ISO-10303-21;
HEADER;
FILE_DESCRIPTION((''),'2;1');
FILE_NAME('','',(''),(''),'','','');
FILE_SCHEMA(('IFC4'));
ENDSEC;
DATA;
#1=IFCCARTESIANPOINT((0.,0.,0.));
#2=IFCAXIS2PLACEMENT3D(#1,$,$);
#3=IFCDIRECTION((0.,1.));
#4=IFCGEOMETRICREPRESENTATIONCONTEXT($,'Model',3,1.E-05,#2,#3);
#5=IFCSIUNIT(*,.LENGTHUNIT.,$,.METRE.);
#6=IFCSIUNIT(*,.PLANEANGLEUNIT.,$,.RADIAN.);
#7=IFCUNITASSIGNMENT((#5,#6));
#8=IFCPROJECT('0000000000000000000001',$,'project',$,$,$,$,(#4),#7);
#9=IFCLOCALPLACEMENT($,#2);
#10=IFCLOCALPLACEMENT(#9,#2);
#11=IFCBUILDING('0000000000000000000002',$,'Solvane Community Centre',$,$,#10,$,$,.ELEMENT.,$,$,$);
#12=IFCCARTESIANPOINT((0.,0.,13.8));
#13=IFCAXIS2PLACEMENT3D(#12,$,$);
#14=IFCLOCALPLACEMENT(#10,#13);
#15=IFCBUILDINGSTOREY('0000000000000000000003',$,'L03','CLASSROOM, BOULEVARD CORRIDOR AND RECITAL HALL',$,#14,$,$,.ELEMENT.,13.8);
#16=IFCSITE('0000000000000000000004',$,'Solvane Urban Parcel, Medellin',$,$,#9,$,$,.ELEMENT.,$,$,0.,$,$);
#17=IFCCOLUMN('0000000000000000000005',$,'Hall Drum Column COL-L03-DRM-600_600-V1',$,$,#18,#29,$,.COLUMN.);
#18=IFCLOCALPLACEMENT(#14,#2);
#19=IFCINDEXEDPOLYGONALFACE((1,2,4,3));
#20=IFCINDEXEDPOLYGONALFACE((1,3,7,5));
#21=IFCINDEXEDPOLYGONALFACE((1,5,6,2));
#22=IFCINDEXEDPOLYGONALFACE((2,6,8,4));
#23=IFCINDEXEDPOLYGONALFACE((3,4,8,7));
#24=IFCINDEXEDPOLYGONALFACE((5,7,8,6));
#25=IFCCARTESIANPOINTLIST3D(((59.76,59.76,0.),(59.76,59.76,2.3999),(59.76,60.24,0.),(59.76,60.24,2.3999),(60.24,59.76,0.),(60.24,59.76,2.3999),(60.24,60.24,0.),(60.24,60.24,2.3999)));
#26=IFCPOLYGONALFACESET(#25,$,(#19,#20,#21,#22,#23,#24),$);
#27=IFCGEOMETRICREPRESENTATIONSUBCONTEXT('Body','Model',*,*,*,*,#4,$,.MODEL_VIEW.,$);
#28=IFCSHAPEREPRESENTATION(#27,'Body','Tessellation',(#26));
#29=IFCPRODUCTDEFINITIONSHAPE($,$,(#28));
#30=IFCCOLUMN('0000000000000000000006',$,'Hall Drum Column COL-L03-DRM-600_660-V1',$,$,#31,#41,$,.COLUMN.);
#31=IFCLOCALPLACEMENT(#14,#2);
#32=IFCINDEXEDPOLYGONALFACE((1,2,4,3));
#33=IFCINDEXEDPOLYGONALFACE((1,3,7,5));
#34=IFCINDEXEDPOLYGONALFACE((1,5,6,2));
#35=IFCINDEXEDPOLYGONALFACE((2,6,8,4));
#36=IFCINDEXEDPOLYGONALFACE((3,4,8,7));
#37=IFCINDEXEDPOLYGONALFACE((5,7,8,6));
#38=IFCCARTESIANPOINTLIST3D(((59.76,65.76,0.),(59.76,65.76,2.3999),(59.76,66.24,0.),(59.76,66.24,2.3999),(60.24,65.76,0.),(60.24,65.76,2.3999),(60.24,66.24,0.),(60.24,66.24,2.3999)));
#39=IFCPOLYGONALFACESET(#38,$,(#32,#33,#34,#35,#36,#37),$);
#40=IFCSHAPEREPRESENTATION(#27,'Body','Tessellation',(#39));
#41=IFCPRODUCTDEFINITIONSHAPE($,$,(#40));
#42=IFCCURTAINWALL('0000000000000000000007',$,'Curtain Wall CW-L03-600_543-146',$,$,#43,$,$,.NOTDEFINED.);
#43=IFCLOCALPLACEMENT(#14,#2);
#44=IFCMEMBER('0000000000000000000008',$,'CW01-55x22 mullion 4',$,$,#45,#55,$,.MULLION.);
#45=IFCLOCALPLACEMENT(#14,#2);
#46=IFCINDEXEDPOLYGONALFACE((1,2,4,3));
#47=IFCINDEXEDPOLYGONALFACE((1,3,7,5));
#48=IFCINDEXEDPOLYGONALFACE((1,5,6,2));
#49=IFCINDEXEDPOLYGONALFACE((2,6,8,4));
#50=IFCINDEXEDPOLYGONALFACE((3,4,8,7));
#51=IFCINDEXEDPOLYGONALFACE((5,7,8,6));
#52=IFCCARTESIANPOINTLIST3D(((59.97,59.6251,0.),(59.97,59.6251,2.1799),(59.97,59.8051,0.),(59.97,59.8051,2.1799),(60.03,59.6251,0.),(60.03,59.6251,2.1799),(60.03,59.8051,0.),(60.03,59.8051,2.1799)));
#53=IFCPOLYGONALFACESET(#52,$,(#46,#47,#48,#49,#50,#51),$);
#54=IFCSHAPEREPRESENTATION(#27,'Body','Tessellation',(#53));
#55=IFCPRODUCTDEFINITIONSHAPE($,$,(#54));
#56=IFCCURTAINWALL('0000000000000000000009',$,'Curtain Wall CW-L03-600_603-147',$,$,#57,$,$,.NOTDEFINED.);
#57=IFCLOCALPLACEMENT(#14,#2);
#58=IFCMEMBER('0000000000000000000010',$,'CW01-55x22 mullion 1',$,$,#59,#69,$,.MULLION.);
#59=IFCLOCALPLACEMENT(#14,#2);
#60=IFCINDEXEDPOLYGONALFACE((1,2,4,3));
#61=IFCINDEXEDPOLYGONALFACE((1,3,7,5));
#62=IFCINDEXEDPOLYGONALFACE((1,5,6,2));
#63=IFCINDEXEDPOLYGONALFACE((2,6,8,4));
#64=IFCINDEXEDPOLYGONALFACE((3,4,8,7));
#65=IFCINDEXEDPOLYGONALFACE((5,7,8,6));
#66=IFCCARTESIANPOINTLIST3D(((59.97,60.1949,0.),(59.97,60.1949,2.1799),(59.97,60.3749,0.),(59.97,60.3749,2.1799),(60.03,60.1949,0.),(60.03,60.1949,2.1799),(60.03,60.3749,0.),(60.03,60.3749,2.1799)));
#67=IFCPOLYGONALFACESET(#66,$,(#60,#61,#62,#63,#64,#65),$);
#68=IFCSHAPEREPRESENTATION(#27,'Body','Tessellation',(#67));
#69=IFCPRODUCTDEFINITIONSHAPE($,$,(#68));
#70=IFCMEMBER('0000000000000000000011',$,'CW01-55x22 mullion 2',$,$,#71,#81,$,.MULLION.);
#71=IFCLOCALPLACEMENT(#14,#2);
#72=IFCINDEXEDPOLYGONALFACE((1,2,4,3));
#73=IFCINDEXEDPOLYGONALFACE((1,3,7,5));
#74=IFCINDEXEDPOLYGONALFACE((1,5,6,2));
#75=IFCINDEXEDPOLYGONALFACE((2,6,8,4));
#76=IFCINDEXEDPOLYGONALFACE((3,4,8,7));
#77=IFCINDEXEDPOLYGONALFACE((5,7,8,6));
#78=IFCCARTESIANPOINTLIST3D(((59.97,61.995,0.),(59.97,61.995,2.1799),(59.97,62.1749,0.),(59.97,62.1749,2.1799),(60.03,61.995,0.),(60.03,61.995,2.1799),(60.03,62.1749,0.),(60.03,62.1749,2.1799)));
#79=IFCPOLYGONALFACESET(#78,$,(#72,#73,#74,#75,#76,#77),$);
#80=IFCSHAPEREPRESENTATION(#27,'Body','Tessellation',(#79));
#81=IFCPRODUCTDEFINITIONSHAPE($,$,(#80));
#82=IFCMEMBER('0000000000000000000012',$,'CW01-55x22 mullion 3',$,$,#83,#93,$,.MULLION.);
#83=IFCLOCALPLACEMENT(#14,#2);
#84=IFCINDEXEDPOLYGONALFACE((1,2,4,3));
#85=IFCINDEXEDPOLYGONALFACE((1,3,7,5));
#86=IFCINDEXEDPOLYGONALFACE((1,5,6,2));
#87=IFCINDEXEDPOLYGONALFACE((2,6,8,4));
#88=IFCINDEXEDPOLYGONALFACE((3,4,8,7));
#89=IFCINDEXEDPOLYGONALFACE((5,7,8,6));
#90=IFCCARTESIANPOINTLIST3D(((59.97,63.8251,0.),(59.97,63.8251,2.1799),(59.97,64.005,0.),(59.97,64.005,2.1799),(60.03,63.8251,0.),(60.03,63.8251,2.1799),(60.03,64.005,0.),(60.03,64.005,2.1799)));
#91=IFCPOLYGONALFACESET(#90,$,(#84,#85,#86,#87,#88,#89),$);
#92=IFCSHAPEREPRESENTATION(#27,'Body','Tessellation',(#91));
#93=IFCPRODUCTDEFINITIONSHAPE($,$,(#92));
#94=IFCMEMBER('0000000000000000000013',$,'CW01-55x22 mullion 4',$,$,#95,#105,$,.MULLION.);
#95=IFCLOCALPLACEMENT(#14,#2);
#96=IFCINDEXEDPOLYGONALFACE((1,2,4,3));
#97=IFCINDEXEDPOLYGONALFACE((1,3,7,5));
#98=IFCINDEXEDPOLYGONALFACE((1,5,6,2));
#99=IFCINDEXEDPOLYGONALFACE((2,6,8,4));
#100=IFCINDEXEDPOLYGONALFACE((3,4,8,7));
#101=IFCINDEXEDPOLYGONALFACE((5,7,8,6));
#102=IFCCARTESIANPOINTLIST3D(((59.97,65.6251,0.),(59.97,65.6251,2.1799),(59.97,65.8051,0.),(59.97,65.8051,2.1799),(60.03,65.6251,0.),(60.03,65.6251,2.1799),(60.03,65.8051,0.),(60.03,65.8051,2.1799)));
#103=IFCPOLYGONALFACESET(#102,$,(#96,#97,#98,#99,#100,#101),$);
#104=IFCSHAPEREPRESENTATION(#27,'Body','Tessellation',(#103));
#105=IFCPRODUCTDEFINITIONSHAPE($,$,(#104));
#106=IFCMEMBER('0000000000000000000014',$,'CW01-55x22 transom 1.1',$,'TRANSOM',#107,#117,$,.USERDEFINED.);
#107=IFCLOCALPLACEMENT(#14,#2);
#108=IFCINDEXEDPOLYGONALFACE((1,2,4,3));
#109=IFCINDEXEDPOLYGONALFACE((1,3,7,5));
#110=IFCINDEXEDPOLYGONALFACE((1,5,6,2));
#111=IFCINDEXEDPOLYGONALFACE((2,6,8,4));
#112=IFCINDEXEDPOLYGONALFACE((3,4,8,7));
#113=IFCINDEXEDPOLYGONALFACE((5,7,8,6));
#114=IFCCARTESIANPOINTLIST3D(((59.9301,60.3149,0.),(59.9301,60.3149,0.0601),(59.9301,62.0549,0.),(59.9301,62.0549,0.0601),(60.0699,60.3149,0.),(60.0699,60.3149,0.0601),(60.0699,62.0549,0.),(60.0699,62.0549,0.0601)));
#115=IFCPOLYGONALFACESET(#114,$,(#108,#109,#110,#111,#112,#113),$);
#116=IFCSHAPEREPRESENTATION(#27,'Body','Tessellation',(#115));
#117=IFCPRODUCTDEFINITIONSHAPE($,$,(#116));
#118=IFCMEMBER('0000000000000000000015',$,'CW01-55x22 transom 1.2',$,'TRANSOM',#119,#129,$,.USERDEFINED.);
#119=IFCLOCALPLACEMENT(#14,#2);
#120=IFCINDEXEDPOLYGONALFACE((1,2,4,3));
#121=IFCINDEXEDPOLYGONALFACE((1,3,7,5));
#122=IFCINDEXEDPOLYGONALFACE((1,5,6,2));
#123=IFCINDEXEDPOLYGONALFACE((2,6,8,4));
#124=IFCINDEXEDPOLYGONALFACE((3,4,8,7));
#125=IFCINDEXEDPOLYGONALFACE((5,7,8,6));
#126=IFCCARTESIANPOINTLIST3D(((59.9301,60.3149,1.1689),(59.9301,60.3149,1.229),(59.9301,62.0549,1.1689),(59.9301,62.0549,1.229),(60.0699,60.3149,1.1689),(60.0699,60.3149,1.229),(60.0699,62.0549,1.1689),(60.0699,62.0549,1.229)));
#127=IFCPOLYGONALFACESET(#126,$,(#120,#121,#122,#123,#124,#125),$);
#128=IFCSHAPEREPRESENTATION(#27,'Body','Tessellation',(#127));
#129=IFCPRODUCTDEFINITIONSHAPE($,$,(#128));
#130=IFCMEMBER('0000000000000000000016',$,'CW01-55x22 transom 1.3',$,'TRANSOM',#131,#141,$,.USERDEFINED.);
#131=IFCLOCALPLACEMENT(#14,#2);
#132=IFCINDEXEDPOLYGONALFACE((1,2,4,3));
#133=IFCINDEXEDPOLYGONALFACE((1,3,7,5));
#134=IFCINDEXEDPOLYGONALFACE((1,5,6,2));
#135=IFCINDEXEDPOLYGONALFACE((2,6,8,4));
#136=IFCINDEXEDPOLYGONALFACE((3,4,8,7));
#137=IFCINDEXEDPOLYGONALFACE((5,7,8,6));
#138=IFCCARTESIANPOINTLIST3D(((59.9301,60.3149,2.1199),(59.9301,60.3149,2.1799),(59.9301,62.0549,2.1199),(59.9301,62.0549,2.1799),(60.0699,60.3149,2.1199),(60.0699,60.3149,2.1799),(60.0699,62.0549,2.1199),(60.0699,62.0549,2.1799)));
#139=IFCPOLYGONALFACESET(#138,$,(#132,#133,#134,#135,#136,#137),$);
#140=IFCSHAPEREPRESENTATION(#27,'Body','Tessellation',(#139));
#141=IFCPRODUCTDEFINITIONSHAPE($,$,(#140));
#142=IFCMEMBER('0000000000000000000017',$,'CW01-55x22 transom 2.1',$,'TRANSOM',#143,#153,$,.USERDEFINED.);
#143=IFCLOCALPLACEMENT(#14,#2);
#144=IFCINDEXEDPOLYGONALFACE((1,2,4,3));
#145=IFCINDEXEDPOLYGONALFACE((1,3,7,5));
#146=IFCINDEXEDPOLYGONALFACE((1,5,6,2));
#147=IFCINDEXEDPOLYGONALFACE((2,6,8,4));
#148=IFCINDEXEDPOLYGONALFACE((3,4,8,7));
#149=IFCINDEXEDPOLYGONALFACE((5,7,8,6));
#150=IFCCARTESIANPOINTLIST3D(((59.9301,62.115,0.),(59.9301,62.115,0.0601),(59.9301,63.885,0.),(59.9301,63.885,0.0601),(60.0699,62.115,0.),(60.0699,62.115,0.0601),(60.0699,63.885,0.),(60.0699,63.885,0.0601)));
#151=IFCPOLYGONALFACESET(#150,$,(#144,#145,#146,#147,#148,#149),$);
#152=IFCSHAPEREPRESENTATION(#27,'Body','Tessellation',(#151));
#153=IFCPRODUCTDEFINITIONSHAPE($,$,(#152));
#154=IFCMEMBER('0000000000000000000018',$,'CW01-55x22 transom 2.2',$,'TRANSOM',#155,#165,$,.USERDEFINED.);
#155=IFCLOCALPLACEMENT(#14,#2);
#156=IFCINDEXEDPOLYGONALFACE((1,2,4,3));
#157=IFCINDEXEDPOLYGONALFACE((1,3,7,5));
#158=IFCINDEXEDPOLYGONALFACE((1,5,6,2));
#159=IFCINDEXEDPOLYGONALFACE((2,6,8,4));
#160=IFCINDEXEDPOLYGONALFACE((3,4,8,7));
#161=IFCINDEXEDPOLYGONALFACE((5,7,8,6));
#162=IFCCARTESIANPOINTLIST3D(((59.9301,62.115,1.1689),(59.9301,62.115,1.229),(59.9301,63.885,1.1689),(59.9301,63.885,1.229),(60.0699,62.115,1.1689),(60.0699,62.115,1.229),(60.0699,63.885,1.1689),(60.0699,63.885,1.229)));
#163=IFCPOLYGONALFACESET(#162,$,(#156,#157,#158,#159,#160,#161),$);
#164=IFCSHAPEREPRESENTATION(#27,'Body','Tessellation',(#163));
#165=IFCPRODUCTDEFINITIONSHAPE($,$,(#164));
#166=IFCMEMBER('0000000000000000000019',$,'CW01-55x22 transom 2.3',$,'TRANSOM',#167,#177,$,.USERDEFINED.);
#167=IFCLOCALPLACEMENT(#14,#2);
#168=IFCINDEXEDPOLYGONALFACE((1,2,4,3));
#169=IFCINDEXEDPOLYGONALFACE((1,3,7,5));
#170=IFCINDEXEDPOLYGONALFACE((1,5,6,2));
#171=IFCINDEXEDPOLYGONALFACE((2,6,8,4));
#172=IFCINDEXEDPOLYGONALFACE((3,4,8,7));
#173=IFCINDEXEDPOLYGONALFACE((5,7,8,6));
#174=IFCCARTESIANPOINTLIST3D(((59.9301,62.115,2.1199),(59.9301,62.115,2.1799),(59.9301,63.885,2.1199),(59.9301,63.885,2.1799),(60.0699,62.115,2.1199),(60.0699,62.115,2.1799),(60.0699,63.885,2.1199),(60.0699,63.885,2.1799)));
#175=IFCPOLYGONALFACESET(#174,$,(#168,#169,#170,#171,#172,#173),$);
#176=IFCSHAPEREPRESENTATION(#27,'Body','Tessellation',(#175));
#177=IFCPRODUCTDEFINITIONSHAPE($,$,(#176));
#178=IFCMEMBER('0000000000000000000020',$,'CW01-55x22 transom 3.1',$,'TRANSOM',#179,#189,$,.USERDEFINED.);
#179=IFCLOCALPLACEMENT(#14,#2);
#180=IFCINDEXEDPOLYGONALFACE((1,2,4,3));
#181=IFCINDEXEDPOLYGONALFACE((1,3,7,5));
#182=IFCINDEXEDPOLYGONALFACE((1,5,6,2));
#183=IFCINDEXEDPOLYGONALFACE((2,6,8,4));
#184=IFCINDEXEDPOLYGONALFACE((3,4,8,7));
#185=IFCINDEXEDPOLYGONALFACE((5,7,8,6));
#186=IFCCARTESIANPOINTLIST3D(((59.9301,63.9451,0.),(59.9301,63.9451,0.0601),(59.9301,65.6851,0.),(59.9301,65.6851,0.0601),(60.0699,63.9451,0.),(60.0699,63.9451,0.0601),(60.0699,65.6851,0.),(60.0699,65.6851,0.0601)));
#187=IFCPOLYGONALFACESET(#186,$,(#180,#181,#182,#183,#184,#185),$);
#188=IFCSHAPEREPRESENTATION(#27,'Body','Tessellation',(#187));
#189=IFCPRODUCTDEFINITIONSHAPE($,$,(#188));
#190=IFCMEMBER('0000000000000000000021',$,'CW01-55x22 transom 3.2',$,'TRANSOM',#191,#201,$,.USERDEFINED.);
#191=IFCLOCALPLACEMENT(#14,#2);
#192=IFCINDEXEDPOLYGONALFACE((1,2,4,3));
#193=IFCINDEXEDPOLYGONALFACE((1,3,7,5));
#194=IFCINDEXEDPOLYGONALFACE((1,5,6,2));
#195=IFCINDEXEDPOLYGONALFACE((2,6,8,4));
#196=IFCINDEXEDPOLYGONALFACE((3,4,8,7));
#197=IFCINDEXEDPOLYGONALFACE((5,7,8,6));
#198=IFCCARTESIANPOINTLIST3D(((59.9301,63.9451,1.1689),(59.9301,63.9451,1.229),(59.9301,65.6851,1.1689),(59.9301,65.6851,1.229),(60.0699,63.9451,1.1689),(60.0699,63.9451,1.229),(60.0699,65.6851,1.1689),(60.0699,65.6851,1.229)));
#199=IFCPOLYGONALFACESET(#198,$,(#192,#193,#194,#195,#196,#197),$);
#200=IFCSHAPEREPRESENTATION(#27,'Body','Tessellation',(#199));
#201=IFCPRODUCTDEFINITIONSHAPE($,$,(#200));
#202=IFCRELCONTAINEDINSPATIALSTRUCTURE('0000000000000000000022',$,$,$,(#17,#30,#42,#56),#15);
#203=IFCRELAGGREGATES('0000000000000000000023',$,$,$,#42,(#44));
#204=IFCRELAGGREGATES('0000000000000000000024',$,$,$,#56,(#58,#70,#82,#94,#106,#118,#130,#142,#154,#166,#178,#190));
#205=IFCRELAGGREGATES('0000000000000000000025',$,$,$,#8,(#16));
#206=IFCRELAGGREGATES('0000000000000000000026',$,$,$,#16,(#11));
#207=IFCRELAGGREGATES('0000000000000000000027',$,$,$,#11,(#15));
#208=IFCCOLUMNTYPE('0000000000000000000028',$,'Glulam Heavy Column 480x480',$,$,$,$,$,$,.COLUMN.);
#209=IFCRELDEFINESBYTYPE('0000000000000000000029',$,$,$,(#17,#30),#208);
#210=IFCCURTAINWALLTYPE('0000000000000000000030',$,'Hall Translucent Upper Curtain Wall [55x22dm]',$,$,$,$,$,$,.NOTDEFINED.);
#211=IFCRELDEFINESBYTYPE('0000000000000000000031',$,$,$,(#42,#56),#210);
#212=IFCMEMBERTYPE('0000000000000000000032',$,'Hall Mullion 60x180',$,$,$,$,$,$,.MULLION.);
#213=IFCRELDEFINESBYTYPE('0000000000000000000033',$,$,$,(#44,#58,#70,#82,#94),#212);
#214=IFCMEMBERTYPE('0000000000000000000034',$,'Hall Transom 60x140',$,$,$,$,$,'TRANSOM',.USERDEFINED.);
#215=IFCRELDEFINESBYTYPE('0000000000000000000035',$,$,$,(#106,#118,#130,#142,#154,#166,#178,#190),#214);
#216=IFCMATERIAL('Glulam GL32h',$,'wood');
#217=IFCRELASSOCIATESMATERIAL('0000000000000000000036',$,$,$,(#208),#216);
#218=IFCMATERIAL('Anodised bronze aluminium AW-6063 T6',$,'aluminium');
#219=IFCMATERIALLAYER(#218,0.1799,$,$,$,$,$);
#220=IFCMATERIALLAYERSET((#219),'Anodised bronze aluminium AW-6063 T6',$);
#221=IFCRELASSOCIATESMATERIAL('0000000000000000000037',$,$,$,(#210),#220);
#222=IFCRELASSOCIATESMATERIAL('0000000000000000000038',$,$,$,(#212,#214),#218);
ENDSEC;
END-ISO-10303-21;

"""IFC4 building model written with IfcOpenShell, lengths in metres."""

from ifc_helpers import new_model, si_unit, direction, frame, origin, origin_2d, place, context, subcontext, project, spatial, rectangle, extrude, material, layer, layer_set, material_profile, profile_set, type_object, element, aggregate, save


model = new_model("IFC4")

# Units and contexts
model_context = context("Model", 3, precision=1e-05, world=origin(), true_north=direction((0.0, 1.0)))
body_context = subcontext(model_context, "Body", "Model", "MODEL_VIEW")
ifc_project = project(units=[si_unit("LENGTHUNIT", "METRE"), si_unit("PLANEANGLEUNIT", "RADIAN")], contexts=[model_context])

# Site, building, storey
site_placement = place(None, origin())
site = spatial("IfcSite", under=ifc_project, at=site_placement, Name="Solvane Urban Parcel, Medellin", CompositionType="ELEMENT", RefElevation=0.0)
building_placement = place(site_placement, origin())
building = spatial("IfcBuilding", under=site, at=building_placement, Name="Solvane Community Centre", CompositionType="ELEMENT")
storey_placement = place(building_placement, frame((0.0, 0.0, 13.8)))
storey = spatial("IfcBuildingStorey", under=building, at=storey_placement, Name="L03", Description="CLASSROOM, BOULEVARD CORRIDOR AND RECITAL HALL", CompositionType="ELEMENT", Elevation=13.8)

# Columns
ifc_material_1 = material(Name="Glulam GL32h", Category="wood")
ifc_material_profile_1 = material_profile(ifc_material_1, rectangle(XDim=0.48, YDim=0.48, at=origin_2d()), Name="GL32h 480x480")
ifc_profile_set_1 = profile_set([ifc_material_profile_1], Name="Glulam GL32h")
column_type = type_object("IfcColumnType", Name="Glulam Heavy Column 480x480", PredefinedType="COLUMN", material=ifc_profile_set_1)
for number, where, z_axis, x_axis, name in (
    (1, (60.0, 60.0, 0.0), (0.0, 0.0, 1.0), (1.0, 0.0, 0.0), "Hall Drum Column COL-L03-DRM-600_600-V1"),
    (2, (60.0, 66.0, 0.0), (0.0, 0.0, 1.0), (1.0, 0.0, 0.0), "Hall Drum Column COL-L03-DRM-600_660-V1"),
):
    element("IfcColumn", number, at=place(storey_placement, frame(where, z_axis=z_axis, x_axis=x_axis)), inside=storey, type_object=column_type, Name=name, PredefinedType="COLUMN", context=body_context, shape_type="SweptSolid", body=[
        extrude(rectangle(XDim=0.48, YDim=0.48, at=origin_2d()), origin(), (0.0, 0.0, 1.0), 2.3999),
    ])

# Curtain wall, member
ifc_material_2 = material(Name="Anodised bronze aluminium AW-6063 T6", Category="aluminium")
ifc_layer_1 = layer(ifc_material_2, 0.1799)
ifc_layer_set_1 = layer_set([ifc_layer_1], Name="Anodised bronze aluminium AW-6063 T6")
curtain_wall_type = type_object("IfcCurtainWallType", Name="Hall Translucent Upper Curtain Wall [55x22dm]", PredefinedType="NOTDEFINED", material=ifc_layer_set_1)
curtain_wall_1_placement = place(storey_placement, origin())
curtain_wall_1 = element("IfcCurtainWall", 3, at=curtain_wall_1_placement, inside=storey, type_object=curtain_wall_type, Name="Curtain Wall CW-L03-600_543-146", PredefinedType="NOTDEFINED")
ifc_material_profile_2 = material_profile(ifc_material_2, rectangle(XDim=0.0601, YDim=0.1799, at=origin_2d()), Name="CW-M 60x180")
ifc_profile_set_2 = profile_set([ifc_material_profile_2], Name="Anodised bronze aluminium AW-6063 T6")
member_type_1 = type_object("IfcMemberType", Name="Hall Mullion 60x180", PredefinedType="MULLION", material=ifc_profile_set_2)
member_1_placement = place(storey_placement, frame((60.0, 59.7151, 0.0), z_axis=(0.0, 0.0, 1.0), x_axis=(-1.0, 0.0, 0.0)))
member_1 = element("IfcMember", 4, at=member_1_placement, type_object=member_type_1, Name="CW01-55x22 mullion 4", PredefinedType="MULLION", context=body_context, shape_type="SweptSolid", body=[
    extrude(rectangle(XDim=0.0601, YDim=0.1799, at=origin_2d()), origin(), (0.0, 0.0, 1.0), 2.1799),
])
aggregate(curtain_wall_1, [member_1])

# Curtain wall, members
curtain_wall_2_placement = place(storey_placement, origin())
curtain_wall_2 = element("IfcCurtainWall", 5, at=curtain_wall_2_placement, inside=storey, type_object=curtain_wall_type, Name="Curtain Wall CW-L03-600_603-147", PredefinedType="NOTDEFINED")
member_2_placement = place(storey_placement, frame((60.0, 60.2849, 0.0), z_axis=(0.0, 0.0, 1.0), x_axis=(-1.0, 0.0, 0.0)))
member_2 = element("IfcMember", 6, at=member_2_placement, type_object=member_type_1, Name="CW01-55x22 mullion 1", PredefinedType="MULLION", context=body_context, shape_type="SweptSolid", body=[
    extrude(rectangle(XDim=0.0601, YDim=0.1799, at=origin_2d()), origin(), (0.0, 0.0, 1.0), 2.1799),
])
member_3_placement = place(storey_placement, frame((60.0, 62.085, 0.0), z_axis=(0.0, 0.0, 1.0), x_axis=(-1.0, 0.0, 0.0)))
member_3 = element("IfcMember", 7, at=member_3_placement, type_object=member_type_1, Name="CW01-55x22 mullion 2", PredefinedType="MULLION", context=body_context, shape_type="SweptSolid", body=[
    extrude(rectangle(XDim=0.0601, YDim=0.1799, at=origin_2d()), origin(), (0.0, 0.0, 1.0), 2.1799),
])
member_4_placement = place(storey_placement, frame((60.0, 63.915, 0.0), z_axis=(0.0, 0.0, 1.0), x_axis=(-1.0, 0.0, 0.0)))
member_4 = element("IfcMember", 8, at=member_4_placement, type_object=member_type_1, Name="CW01-55x22 mullion 3", PredefinedType="MULLION", context=body_context, shape_type="SweptSolid", body=[
    extrude(rectangle(XDim=0.0601, YDim=0.1799, at=origin_2d()), origin(), (0.0, 0.0, 1.0), 2.1799),
])
member_5_placement = place(storey_placement, frame((60.0, 65.7151, 0.0), z_axis=(0.0, 0.0, 1.0), x_axis=(-1.0, 0.0, 0.0)))
member_5 = element("IfcMember", 9, at=member_5_placement, type_object=member_type_1, Name="CW01-55x22 mullion 4", PredefinedType="MULLION", context=body_context, shape_type="SweptSolid", body=[
    extrude(rectangle(XDim=0.0601, YDim=0.1799, at=origin_2d()), origin(), (0.0, 0.0, 1.0), 2.1799),
])
ifc_material_profile_3 = material_profile(ifc_material_2, rectangle(XDim=0.1399, YDim=0.0601, at=origin_2d()), Name="CW-T 60x140")
ifc_profile_set_3 = profile_set([ifc_material_profile_3], Name="Anodised bronze aluminium AW-6063 T6")
member_type_2 = type_object("IfcMemberType", Name="Hall Transom 60x140", ElementType="TRANSOM", PredefinedType="USERDEFINED", material=ifc_profile_set_3)
member_6_placement = place(storey_placement, frame((60.0, 60.3149, 0.03), z_axis=(0.0, 1.0, 0.0), x_axis=(-1.0, 0.0, 0.0)))
member_6 = element("IfcMember", 10, at=member_6_placement, type_object=member_type_2, Name="CW01-55x22 transom 1.1", ObjectType="TRANSOM", PredefinedType="USERDEFINED", context=body_context, shape_type="SweptSolid", body=[
    extrude(rectangle(XDim=0.1399, YDim=0.0601, at=origin_2d()), origin(), (0.0, 0.0, 1.0), 1.74),
])
member_7_placement = place(storey_placement, frame((60.0, 60.3149, 1.199), z_axis=(0.0, 1.0, 0.0), x_axis=(-1.0, 0.0, 0.0)))
member_7 = element("IfcMember", 11, at=member_7_placement, type_object=member_type_2, Name="CW01-55x22 transom 1.2", ObjectType="TRANSOM", PredefinedType="USERDEFINED", context=body_context, shape_type="SweptSolid", body=[
    extrude(rectangle(XDim=0.1399, YDim=0.0601, at=origin_2d()), origin(), (0.0, 0.0, 1.0), 1.74),
])
member_8_placement = place(storey_placement, frame((60.0, 60.3149, 2.1499), z_axis=(0.0, 1.0, 0.0), x_axis=(-1.0, 0.0, 0.0)))
member_8 = element("IfcMember", 12, at=member_8_placement, type_object=member_type_2, Name="CW01-55x22 transom 1.3", ObjectType="TRANSOM", PredefinedType="USERDEFINED", context=body_context, shape_type="SweptSolid", body=[
    extrude(rectangle(XDim=0.1399, YDim=0.0601, at=origin_2d()), origin(), (0.0, 0.0, 1.0), 1.74),
])
member_9_placement = place(storey_placement, frame((60.0, 62.115, 0.03), z_axis=(0.0, 1.0, 0.0), x_axis=(-1.0, 0.0, 0.0)))
member_9 = element("IfcMember", 13, at=member_9_placement, type_object=member_type_2, Name="CW01-55x22 transom 2.1", ObjectType="TRANSOM", PredefinedType="USERDEFINED", context=body_context, shape_type="SweptSolid", body=[
    extrude(rectangle(XDim=0.1399, YDim=0.0601, at=origin_2d()), origin(), (0.0, 0.0, 1.0), 1.77),
])
member_10_placement = place(storey_placement, frame((60.0, 62.115, 1.199), z_axis=(0.0, 1.0, 0.0), x_axis=(-1.0, 0.0, 0.0)))
member_10 = element("IfcMember", 14, at=member_10_placement, type_object=member_type_2, Name="CW01-55x22 transom 2.2", ObjectType="TRANSOM", PredefinedType="USERDEFINED", context=body_context, shape_type="SweptSolid", body=[
    extrude(rectangle(XDim=0.1399, YDim=0.0601, at=origin_2d()), origin(), (0.0, 0.0, 1.0), 1.77),
])
member_11_placement = place(storey_placement, frame((60.0, 62.115, 2.1499), z_axis=(0.0, 1.0, 0.0), x_axis=(-1.0, 0.0, 0.0)))
member_11 = element("IfcMember", 15, at=member_11_placement, type_object=member_type_2, Name="CW01-55x22 transom 2.3", ObjectType="TRANSOM", PredefinedType="USERDEFINED", context=body_context, shape_type="SweptSolid", body=[
    extrude(rectangle(XDim=0.1399, YDim=0.0601, at=origin_2d()), origin(), (0.0, 0.0, 1.0), 1.77),
])
member_12_placement = place(storey_placement, frame((60.0, 63.9451, 0.03), z_axis=(0.0, 1.0, 0.0), x_axis=(-1.0, 0.0, 0.0)))
member_12 = element("IfcMember", 16, at=member_12_placement, type_object=member_type_2, Name="CW01-55x22 transom 3.1", ObjectType="TRANSOM", PredefinedType="USERDEFINED", context=body_context, shape_type="SweptSolid", body=[
    extrude(rectangle(XDim=0.1399, YDim=0.0601, at=origin_2d()), origin(), (0.0, 0.0, 1.0), 1.74),
])
member_13_placement = place(storey_placement, frame((60.0, 63.9451, 1.199), z_axis=(0.0, 1.0, 0.0), x_axis=(-1.0, 0.0, 0.0)))
member_13 = element("IfcMember", 17, at=member_13_placement, type_object=member_type_2, Name="CW01-55x22 transom 3.2", ObjectType="TRANSOM", PredefinedType="USERDEFINED", context=body_context, shape_type="SweptSolid", body=[
    extrude(rectangle(XDim=0.1399, YDim=0.0601, at=origin_2d()), origin(), (0.0, 0.0, 1.0), 1.74),
])

aggregate(curtain_wall_2, [member_2, member_3, member_4, member_5, member_6, member_7, member_8, member_9, member_10, member_11, member_12, member_13])

save(model, "model.ifc")
